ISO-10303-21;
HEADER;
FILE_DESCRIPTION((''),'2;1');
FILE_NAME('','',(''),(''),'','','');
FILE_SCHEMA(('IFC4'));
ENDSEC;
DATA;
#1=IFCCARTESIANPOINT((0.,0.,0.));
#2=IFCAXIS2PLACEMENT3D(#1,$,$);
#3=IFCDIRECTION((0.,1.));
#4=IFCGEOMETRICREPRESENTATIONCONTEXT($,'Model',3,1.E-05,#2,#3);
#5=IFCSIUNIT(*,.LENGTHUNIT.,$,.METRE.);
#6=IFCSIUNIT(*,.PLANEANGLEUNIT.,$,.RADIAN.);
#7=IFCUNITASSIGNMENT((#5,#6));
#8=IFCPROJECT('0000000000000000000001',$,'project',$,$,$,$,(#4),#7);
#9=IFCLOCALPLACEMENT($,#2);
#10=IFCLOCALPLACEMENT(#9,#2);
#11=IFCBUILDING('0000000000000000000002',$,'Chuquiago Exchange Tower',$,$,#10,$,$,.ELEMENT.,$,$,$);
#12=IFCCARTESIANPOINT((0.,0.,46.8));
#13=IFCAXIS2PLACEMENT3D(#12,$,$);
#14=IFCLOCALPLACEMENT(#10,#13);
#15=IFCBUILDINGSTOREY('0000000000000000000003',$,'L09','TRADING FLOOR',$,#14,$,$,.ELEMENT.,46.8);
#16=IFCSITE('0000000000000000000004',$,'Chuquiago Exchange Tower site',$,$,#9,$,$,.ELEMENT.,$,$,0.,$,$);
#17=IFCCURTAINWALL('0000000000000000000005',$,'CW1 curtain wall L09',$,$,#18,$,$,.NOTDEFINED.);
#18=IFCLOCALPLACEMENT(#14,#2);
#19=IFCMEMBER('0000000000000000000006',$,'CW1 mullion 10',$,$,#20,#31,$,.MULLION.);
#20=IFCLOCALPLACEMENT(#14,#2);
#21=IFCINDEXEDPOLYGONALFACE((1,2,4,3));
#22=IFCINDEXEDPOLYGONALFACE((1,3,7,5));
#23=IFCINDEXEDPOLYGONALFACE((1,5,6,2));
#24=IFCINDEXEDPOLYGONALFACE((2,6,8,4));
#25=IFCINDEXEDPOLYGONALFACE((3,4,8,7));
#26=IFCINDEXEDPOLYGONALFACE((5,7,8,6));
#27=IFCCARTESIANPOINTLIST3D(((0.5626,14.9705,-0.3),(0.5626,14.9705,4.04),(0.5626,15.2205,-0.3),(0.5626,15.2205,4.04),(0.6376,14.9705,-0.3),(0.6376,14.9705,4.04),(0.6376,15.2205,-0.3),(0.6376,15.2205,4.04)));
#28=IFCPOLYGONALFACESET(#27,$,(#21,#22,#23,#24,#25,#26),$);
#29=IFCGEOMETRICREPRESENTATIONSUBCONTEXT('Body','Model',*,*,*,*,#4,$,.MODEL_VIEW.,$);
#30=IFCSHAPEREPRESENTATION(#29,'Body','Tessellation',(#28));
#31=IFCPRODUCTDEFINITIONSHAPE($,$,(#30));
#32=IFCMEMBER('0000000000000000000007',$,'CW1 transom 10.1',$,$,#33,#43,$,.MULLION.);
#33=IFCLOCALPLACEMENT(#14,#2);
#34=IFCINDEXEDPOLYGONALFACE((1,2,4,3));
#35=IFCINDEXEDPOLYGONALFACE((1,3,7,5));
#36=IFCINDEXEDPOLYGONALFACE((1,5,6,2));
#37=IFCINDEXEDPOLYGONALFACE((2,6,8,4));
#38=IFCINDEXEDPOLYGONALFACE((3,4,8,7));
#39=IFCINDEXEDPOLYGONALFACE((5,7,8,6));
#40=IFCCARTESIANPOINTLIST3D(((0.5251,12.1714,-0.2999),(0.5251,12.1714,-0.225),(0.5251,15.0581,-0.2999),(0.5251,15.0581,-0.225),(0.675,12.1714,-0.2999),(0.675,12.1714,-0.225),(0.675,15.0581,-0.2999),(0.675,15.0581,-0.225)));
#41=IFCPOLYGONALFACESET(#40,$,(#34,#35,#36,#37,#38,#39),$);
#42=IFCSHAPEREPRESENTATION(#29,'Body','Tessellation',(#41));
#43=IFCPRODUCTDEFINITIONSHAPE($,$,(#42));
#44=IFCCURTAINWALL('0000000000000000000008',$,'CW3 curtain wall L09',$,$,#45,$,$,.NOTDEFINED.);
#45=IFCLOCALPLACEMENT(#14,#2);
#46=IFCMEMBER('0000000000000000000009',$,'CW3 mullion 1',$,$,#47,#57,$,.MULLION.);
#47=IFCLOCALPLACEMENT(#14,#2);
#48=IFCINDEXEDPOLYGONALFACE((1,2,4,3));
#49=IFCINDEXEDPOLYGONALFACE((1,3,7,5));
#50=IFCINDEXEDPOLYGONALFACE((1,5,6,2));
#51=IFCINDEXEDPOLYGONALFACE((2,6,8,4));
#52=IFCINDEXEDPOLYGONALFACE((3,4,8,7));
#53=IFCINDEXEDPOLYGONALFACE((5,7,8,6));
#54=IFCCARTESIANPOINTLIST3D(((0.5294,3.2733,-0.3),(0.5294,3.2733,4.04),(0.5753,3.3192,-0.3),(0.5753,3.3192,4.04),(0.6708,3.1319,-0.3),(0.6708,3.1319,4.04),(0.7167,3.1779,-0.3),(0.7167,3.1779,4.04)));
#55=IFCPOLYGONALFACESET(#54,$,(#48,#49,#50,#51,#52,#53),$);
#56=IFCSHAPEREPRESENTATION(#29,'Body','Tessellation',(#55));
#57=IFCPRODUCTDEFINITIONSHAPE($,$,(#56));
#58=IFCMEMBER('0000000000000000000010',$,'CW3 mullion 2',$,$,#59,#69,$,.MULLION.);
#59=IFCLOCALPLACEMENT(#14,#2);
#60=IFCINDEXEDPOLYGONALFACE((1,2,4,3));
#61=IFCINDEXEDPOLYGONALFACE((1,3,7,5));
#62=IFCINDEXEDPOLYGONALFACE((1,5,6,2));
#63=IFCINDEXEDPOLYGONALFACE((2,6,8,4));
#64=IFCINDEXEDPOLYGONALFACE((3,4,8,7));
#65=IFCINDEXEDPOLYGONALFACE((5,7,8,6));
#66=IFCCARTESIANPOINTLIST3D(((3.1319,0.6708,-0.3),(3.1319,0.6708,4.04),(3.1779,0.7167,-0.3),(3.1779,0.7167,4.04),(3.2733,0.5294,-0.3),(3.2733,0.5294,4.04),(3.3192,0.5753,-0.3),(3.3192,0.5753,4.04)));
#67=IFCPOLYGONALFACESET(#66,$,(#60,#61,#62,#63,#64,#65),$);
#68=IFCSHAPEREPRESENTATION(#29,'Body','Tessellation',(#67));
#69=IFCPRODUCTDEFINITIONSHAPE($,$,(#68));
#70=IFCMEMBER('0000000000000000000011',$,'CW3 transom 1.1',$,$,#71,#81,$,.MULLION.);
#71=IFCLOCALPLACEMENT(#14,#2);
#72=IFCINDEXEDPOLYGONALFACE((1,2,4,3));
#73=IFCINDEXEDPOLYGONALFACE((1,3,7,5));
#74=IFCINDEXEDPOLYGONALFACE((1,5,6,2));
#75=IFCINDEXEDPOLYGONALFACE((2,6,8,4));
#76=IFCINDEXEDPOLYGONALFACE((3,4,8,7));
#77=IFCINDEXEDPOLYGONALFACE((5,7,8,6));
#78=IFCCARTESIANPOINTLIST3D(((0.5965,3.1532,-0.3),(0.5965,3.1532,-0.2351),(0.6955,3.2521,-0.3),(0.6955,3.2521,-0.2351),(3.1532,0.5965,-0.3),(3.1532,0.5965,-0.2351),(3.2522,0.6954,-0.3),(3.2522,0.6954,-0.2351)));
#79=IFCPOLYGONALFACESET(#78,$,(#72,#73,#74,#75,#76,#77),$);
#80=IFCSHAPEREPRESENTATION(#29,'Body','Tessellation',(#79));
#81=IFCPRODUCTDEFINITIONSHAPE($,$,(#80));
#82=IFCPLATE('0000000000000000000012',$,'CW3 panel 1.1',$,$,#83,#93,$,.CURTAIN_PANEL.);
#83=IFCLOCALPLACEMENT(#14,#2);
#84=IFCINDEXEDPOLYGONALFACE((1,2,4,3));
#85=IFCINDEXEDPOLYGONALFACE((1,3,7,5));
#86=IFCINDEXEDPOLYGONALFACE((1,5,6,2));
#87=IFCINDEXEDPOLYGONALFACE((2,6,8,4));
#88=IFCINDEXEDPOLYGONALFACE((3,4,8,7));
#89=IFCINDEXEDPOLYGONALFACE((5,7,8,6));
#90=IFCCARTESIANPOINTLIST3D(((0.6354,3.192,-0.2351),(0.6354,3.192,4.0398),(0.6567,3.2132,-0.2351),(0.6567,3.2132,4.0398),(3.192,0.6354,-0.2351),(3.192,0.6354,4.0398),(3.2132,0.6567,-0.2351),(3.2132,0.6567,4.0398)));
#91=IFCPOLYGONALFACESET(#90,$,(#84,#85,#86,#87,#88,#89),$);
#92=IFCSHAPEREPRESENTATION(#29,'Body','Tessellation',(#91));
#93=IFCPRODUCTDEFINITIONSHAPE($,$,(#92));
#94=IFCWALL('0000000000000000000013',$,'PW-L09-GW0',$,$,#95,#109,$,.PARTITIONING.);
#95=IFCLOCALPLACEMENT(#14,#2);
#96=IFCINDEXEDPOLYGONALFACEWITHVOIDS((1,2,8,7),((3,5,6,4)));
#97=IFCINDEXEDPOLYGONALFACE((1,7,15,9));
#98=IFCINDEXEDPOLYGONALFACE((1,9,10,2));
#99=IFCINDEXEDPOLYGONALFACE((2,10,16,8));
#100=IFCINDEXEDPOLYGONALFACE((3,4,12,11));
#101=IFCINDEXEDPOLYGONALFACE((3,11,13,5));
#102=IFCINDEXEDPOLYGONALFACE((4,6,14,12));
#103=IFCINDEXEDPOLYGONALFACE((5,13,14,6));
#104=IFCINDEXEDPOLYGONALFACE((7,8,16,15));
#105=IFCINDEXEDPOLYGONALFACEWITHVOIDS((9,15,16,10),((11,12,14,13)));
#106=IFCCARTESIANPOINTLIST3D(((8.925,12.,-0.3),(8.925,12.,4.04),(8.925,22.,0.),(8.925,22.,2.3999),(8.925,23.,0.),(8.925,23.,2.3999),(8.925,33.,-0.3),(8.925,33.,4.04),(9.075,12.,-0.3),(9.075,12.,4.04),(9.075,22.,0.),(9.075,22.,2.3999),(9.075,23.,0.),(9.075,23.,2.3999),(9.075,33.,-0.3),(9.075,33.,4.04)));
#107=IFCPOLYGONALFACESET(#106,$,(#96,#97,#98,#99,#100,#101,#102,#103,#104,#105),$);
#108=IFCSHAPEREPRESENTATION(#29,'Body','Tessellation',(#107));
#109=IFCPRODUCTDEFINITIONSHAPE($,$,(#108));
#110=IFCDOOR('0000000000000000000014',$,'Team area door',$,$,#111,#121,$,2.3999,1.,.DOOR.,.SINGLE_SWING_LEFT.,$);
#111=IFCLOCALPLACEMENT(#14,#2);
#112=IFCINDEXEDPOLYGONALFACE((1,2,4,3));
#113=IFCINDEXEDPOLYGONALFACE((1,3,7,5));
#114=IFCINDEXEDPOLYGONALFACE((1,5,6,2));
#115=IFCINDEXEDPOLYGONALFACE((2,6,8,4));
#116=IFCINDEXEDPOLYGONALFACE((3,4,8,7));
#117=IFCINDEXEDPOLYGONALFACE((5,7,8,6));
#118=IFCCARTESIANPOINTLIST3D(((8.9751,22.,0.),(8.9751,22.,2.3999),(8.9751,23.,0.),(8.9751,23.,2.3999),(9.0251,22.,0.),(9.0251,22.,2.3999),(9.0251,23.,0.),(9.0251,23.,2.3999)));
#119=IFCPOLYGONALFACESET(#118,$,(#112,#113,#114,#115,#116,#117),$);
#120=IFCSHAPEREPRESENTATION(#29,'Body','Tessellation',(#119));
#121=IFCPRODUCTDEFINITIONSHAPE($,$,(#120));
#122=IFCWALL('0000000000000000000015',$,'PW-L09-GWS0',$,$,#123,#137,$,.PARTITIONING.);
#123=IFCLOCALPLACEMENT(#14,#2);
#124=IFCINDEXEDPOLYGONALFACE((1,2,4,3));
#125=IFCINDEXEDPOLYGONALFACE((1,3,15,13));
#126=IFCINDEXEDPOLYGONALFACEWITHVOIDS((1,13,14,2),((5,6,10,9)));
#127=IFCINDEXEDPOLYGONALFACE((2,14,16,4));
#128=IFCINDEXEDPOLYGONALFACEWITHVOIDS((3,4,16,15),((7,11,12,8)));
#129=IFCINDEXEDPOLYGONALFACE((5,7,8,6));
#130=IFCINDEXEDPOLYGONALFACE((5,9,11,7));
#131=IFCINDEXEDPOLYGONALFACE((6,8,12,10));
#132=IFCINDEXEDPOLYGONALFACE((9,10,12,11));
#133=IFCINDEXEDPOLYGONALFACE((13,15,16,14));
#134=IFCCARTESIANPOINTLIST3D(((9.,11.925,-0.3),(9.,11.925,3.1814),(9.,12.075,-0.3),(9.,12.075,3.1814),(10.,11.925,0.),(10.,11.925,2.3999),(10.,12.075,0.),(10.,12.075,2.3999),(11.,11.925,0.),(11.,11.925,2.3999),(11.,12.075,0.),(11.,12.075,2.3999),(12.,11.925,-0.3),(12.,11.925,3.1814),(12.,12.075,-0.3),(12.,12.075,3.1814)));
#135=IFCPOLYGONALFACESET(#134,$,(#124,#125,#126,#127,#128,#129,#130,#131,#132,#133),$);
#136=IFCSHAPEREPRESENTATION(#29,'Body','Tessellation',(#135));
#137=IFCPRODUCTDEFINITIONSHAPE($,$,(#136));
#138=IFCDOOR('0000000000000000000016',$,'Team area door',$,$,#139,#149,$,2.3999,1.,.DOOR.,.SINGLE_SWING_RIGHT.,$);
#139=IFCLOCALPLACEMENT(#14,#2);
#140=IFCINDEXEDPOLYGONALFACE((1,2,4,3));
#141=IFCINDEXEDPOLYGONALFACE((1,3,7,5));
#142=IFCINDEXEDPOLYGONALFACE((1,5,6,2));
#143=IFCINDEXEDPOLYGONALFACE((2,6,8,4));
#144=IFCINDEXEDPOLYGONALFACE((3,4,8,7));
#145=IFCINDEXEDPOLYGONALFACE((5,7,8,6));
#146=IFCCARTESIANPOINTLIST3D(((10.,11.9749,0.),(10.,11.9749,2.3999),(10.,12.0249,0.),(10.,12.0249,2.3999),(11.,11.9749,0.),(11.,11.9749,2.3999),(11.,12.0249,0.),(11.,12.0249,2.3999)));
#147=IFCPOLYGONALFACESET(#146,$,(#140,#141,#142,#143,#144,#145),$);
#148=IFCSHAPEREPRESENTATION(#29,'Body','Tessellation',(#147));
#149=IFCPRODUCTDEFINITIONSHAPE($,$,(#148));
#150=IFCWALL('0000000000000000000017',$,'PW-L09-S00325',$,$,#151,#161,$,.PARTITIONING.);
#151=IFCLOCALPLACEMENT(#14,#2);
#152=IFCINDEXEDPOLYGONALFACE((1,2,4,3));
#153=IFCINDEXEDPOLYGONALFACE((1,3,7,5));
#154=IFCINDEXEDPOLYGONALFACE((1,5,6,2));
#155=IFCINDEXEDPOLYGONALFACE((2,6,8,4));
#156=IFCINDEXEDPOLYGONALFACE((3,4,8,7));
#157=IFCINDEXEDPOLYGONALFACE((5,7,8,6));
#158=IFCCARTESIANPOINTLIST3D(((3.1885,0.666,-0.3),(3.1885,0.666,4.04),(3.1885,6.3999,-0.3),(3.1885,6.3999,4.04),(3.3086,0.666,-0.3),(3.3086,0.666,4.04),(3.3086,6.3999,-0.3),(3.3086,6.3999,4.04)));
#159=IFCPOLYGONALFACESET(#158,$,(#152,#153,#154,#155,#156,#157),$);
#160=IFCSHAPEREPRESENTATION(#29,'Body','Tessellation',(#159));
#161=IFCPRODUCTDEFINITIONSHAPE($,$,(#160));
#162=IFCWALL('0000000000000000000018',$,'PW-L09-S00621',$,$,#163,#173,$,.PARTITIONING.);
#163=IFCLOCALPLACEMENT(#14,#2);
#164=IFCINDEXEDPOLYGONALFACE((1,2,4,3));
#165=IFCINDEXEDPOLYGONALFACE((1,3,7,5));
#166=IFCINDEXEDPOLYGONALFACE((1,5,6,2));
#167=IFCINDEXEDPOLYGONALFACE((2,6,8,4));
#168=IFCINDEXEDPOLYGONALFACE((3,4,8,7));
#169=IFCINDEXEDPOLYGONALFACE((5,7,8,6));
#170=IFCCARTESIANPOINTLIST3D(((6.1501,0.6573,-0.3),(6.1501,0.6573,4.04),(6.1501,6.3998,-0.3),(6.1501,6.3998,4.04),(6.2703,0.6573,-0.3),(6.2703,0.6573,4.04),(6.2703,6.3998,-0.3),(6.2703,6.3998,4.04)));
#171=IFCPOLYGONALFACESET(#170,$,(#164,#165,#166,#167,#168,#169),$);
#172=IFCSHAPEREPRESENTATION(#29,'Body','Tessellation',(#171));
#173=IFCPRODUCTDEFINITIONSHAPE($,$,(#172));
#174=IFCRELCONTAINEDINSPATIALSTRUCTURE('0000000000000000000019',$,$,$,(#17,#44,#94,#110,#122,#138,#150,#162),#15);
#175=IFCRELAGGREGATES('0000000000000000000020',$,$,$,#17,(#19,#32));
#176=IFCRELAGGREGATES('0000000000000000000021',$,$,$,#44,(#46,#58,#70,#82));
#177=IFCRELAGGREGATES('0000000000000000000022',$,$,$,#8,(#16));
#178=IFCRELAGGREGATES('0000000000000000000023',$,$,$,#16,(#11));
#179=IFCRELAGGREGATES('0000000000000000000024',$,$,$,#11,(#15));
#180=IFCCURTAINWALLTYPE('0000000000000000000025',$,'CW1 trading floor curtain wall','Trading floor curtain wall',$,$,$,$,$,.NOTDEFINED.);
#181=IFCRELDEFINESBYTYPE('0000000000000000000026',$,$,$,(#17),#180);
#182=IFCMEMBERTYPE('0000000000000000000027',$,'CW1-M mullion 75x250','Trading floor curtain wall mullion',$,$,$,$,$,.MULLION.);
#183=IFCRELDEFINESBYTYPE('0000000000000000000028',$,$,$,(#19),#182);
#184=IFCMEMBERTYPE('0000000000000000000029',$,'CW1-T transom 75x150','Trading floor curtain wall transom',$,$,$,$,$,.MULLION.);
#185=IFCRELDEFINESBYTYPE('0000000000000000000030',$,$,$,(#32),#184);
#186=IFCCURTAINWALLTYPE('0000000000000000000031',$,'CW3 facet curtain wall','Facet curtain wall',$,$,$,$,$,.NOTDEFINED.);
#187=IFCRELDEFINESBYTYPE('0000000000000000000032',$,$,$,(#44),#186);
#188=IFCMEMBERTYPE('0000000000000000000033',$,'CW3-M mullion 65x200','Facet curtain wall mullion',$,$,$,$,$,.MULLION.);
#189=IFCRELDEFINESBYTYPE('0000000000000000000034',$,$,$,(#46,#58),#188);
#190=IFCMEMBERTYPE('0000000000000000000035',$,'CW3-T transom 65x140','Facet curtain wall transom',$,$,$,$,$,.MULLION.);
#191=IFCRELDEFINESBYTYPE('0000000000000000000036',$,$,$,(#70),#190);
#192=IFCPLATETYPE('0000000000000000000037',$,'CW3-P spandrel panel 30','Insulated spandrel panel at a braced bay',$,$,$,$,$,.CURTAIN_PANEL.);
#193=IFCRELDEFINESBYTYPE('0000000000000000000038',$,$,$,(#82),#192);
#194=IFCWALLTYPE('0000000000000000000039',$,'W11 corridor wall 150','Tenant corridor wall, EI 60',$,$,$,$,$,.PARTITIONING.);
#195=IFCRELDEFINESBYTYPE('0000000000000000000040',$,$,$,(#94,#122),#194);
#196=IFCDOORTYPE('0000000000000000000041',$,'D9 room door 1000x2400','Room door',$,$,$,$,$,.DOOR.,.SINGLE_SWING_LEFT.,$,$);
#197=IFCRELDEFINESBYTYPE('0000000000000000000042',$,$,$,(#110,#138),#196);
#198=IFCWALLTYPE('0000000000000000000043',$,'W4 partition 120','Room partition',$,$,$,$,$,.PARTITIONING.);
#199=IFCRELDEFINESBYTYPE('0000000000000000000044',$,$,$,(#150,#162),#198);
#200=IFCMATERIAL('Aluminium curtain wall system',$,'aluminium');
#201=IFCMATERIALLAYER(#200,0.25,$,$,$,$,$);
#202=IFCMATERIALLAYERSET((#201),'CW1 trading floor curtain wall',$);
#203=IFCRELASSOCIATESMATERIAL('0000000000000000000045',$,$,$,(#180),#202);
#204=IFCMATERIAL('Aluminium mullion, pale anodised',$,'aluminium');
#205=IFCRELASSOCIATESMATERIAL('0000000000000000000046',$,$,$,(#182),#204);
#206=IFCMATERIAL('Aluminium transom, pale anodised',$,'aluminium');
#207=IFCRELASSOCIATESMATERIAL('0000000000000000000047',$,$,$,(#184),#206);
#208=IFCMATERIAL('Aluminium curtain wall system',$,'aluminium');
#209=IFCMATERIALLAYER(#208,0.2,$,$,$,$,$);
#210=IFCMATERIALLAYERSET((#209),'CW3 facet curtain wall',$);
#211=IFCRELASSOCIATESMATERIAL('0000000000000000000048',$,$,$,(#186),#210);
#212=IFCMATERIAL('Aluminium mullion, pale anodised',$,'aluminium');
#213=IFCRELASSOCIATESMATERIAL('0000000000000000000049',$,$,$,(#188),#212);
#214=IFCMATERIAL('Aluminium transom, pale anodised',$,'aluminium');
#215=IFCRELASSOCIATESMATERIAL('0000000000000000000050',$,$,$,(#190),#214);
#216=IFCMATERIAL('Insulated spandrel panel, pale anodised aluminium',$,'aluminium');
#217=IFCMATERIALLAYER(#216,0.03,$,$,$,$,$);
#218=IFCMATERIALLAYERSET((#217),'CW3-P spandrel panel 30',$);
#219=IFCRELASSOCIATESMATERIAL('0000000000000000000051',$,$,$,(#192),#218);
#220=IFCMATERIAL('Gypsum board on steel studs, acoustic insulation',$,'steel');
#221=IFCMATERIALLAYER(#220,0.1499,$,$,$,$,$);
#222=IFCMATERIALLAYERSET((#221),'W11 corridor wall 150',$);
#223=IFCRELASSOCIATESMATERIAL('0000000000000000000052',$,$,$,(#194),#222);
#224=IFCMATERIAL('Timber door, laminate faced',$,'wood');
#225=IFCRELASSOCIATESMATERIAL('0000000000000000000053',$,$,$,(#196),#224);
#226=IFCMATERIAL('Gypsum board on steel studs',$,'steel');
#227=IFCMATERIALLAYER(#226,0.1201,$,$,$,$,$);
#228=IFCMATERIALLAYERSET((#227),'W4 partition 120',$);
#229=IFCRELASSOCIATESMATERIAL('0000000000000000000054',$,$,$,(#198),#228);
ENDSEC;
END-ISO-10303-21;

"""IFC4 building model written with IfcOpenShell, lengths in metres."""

from ifc_helpers import new_model, si_unit, direction, frame, frame_2d, origin, origin_2d, place, context, subcontext, project, spatial, rectangle, extrude, material, layer, layer_set, material_profile, profile_set, type_object, element, fill, aggregate, save


model = new_model("IFC4")

# Units and contexts
model_context = context("Model", 3, precision=1e-05, world=origin(), true_north=direction((0.0, 1.0)))
body_context = subcontext(model_context, "Body", "Model", "MODEL_VIEW")
ifc_project = project(units=[si_unit("LENGTHUNIT", "METRE"), si_unit("PLANEANGLEUNIT", "RADIAN")], contexts=[model_context])

# Site, building, storey
site_placement = place(None, origin())
site = spatial("IfcSite", under=ifc_project, at=site_placement, Name="Chuquiago Exchange Tower site", CompositionType="ELEMENT", RefElevation=0.0)
building_placement = place(site_placement, origin())
building = spatial("IfcBuilding", under=site, at=building_placement, Name="Chuquiago Exchange Tower", CompositionType="ELEMENT")
storey_placement = place(building_placement, frame((0.0, 0.0, 46.8)))
storey = spatial("IfcBuildingStorey", under=building, at=storey_placement, Name="L09", Description="TRADING FLOOR", CompositionType="ELEMENT", Elevation=46.8)

# Curtain wall, members
ifc_material_1 = material(Name="Aluminium curtain wall system", Category="aluminium")
ifc_layer_1 = layer(ifc_material_1, 0.25)
ifc_layer_set_1 = layer_set([ifc_layer_1], Name="CW1 trading floor curtain wall")
curtain_wall_type_1 = type_object("IfcCurtainWallType", Name="CW1 trading floor curtain wall", Description="Trading floor curtain wall", PredefinedType="NOTDEFINED", material=ifc_layer_set_1)
curtain_wall_1_placement = place(storey_placement, origin())
curtain_wall_1 = element("IfcCurtainWall", 1, at=curtain_wall_1_placement, inside=storey, type_object=curtain_wall_type_1, Name="CW1 curtain wall L09", PredefinedType="NOTDEFINED")
ifc_material_2 = material(Name="Aluminium mullion, pale anodised", Category="aluminium")
ifc_material_profile_1 = material_profile(ifc_material_2, rectangle(XDim=0.075, YDim=0.25, at=origin_2d()), Name="AL 75x250")
ifc_profile_set_1 = profile_set([ifc_material_profile_1], Name="Aluminium mullion, pale anodised")
member_type_1 = type_object("IfcMemberType", Name="CW1-M mullion 75x250", Description="Trading floor curtain wall mullion", PredefinedType="MULLION", material=ifc_profile_set_1)
member_1_placement = place(storey_placement, frame((0.6001, 15.0955, -0.3), z_axis=(0.0, 0.0, 1.0), x_axis=(1.0, 0.0, 0.0)))
member_1 = element("IfcMember", 2, at=member_1_placement, type_object=member_type_1, Name="CW1 mullion 10", PredefinedType="MULLION", context=body_context, shape_type="SweptSolid", body=[
    extrude(rectangle(XDim=0.075, YDim=0.25, at=origin_2d()), origin(), (0.0, 0.0, 1.0), 4.3401),
])
ifc_material_3 = material(Name="Aluminium transom, pale anodised", Category="aluminium")
ifc_material_profile_2 = material_profile(ifc_material_3, rectangle(XDim=0.1499, YDim=0.075, at=origin_2d()), Name="AL 150x75")
ifc_profile_set_2 = profile_set([ifc_material_profile_2], Name="Aluminium transom, pale anodised")
member_type_2 = type_object("IfcMemberType", Name="CW1-T transom 75x150", Description="Trading floor curtain wall transom", PredefinedType="MULLION", material=ifc_profile_set_2)
member_2_placement = place(storey_placement, frame((0.6001, 15.0581, -0.2625), z_axis=(0.0, -1.0, 0.0), x_axis=(1.0, 0.0, 0.0)))
member_2 = element("IfcMember", 3, at=member_2_placement, type_object=member_type_2, Name="CW1 transom 10.1", PredefinedType="MULLION", context=body_context, shape_type="SweptSolid", body=[
    extrude(rectangle(XDim=0.1499, YDim=0.075, at=origin_2d()), origin(), (0.0, 0.0, 1.0), 2.8867),
])
aggregate(curtain_wall_1, [member_1, member_2])

# Curtain wall, members, plate
ifc_material_4 = material(Name="Aluminium curtain wall system", Category="aluminium")
ifc_layer_2 = layer(ifc_material_4, 0.2)
ifc_layer_set_2 = layer_set([ifc_layer_2], Name="CW3 facet curtain wall")
curtain_wall_type_2 = type_object("IfcCurtainWallType", Name="CW3 facet curtain wall", Description="Facet curtain wall", PredefinedType="NOTDEFINED", material=ifc_layer_set_2)
curtain_wall_2_placement = place(storey_placement, origin())
curtain_wall_2 = element("IfcCurtainWall", 4, at=curtain_wall_2_placement, inside=storey, type_object=curtain_wall_type_2, Name="CW3 curtain wall L09", PredefinedType="NOTDEFINED")
ifc_material_5 = material(Name="Aluminium mullion, pale anodised", Category="aluminium")
ifc_material_profile_3 = material_profile(ifc_material_5, rectangle(XDim=0.0649, YDim=0.2, at=origin_2d()), Name="AL 65x200")
ifc_profile_set_3 = profile_set([ifc_material_profile_3], Name="Aluminium mullion, pale anodised")
member_type_3 = type_object("IfcMemberType", Name="CW3-M mullion 65x200", Description="Facet curtain wall mullion", PredefinedType="MULLION", material=ifc_profile_set_3)
member_3_placement = place(storey_placement, frame((0.623, 3.2256, -0.3), z_axis=(0.0, 0.0, 1.0), x_axis=(0.707107, 0.707107, 0.0)))
member_3 = element("IfcMember", 5, at=member_3_placement, type_object=member_type_3, Name="CW3 mullion 1", PredefinedType="MULLION", context=body_context, shape_type="SweptSolid", body=[
    extrude(rectangle(XDim=0.0649, YDim=0.2, at=origin_2d()), origin(), (0.0, 0.0, 1.0), 4.3401),
])
member_4_placement = place(storey_placement, frame((3.2256, 0.623, -0.3), z_axis=(0.0, 0.0, 1.0), x_axis=(0.707107, 0.707107, 0.0)))
member_4 = element("IfcMember", 6, at=member_4_placement, type_object=member_type_3, Name="CW3 mullion 2", PredefinedType="MULLION", context=body_context, shape_type="SweptSolid", body=[
    extrude(rectangle(XDim=0.0649, YDim=0.2, at=origin_2d()), origin(), (0.0, 0.0, 1.0), 4.3401),
])
ifc_material_6 = material(Name="Aluminium transom, pale anodised", Category="aluminium")
ifc_material_profile_4 = material_profile(ifc_material_6, rectangle(XDim=0.1399, YDim=0.0649, at=origin_2d()), Name="AL 140x65")
ifc_profile_set_4 = profile_set([ifc_material_profile_4], Name="Aluminium transom, pale anodised")
member_type_4 = type_object("IfcMemberType", Name="CW3-T transom 65x140", Description="Facet curtain wall transom", PredefinedType="MULLION", material=ifc_profile_set_4)
member_5_placement = place(storey_placement, frame((0.646, 3.2026, -0.2676), z_axis=(0.707107, -0.707107, 0.0), x_axis=(0.707107, 0.707107, 0.0)))
member_5 = element("IfcMember", 7, at=member_5_placement, type_object=member_type_4, Name="CW3 transom 1.1", PredefinedType="MULLION", context=body_context, shape_type="SweptSolid", body=[
    extrude(rectangle(XDim=0.1399, YDim=0.0649, at=origin_2d()), origin(), (0.0, 0.0, 1.0), 3.6157),
])
ifc_material_7 = material(Name="Insulated spandrel panel, pale anodised aluminium", Category="aluminium")
ifc_layer_3 = layer(ifc_material_7, 0.03)
ifc_layer_set_3 = layer_set([ifc_layer_3], Name="CW3-P spandrel panel 30")
plate_type = type_object("IfcPlateType", Name="CW3-P spandrel panel 30", Description="Insulated spandrel panel at a braced bay", PredefinedType="CURTAIN_PANEL", material=ifc_layer_set_3)
plate_placement = place(storey_placement, frame((1.9243, 1.9243, -0.2351), z_axis=(0.0, 0.0, 1.0), x_axis=(0.707107, -0.707107, 0.0)))
plate = element("IfcPlate", 8, at=plate_placement, type_object=plate_type, Name="CW3 panel 1.1", PredefinedType="CURTAIN_PANEL", context=body_context, shape_type="SweptSolid", body=[
    extrude(rectangle(XDim=3.6155, YDim=0.03, at=origin_2d()), origin(), (0.0, 0.0, 1.0), 4.2749),
])
aggregate(curtain_wall_2, [member_3, member_4, member_5, plate])

# Walls, openings, doors
ifc_material_8 = material(Name="Gypsum board on steel studs, acoustic insulation", Category="steel")
ifc_layer_4 = layer(ifc_material_8, 0.1499)
ifc_layer_set_4 = layer_set([ifc_layer_4], Name="W11 corridor wall 150")
wall_type_1 = type_object("IfcWallType", Name="W11 corridor wall 150", Description="Tenant corridor wall, EI 60", PredefinedType="PARTITIONING", material=ifc_layer_set_4)
wall_1_placement = place(storey_placement, frame((9.0, 12.0, -0.3), z_axis=(0.0, 0.0, 1.0), x_axis=(0.0, 1.0, 0.0)))
wall_1 = element("IfcWall", 9, at=wall_1_placement, inside=storey, type_object=wall_type_1, Name="PW-L09-GW0", PredefinedType="PARTITIONING", context=body_context, shape_type="SweptSolid", body=[
    extrude(rectangle(XDim=21.0, YDim=0.1499, at=frame_2d((10.5, 0.0))), origin(), (0.0, 0.0, 1.0), 4.3401),
])
opening_1_placement = place(wall_1_placement, frame((10.0, 0.0, 0.3)))
opening_1 = element("IfcOpeningElement", 10, at=opening_1_placement, cuts=wall_1, PredefinedType="OPENING", context=body_context, shape_type="SweptSolid", body=[
    extrude(rectangle(XDim=1.0, YDim=2.3999, at=frame_2d((0.5, 1.2))), frame((0.0, 0.085, 0.0), z_axis=(0.0, -1.0, 0.0), x_axis=(1.0, 0.0, 0.0)), (0.0, 0.0, 1.0), 0.1699),
])
ifc_material_9 = material(Name="Timber door, laminate faced", Category="wood")
door_type_1 = type_object("IfcDoorType", Name="D9 room door 1000x2400", Description="Room door", OperationType="SINGLE_SWING_LEFT", PredefinedType="DOOR", material=ifc_material_9)
door_1_placement = place(opening_1_placement, origin())
door_1 = element("IfcDoor", 11, at=door_1_placement, inside=storey, type_object=door_type_1, Name="Team area door", OperationType="SINGLE_SWING_LEFT", OverallHeight=2.3999, OverallWidth=1.0, PredefinedType="DOOR", context=body_context, shape_type="SweptSolid", body=[
    extrude(rectangle(XDim=1.0, YDim=2.3999, at=frame_2d((0.5, 1.2))), frame((0.0, 0.0249, 0.0), z_axis=(0.0, -1.0, 0.0), x_axis=(1.0, 0.0, 0.0)), (0.0, 0.0, 1.0), 0.05),
])
fill(opening_1, door_1)
wall_2_placement = place(storey_placement, frame((9.0, 12.0, -0.3), z_axis=(0.0, 0.0, 1.0), x_axis=(1.0, 0.0, 0.0)))
wall_2 = element("IfcWall", 12, at=wall_2_placement, inside=storey, type_object=wall_type_1, Name="PW-L09-GWS0", PredefinedType="PARTITIONING", context=body_context, shape_type="SweptSolid", body=[
    extrude(rectangle(XDim=3.0, YDim=0.1499, at=frame_2d((1.5, 0.0))), origin(), (0.0, 0.0, 1.0), 3.4814),
])
opening_2_placement = place(wall_2_placement, frame((1.0, 0.0, 0.3)))
opening_2 = element("IfcOpeningElement", 13, at=opening_2_placement, cuts=wall_2, PredefinedType="OPENING", context=body_context, shape_type="SweptSolid", body=[
    extrude(rectangle(XDim=1.0, YDim=2.3999, at=frame_2d((0.5, 1.2))), frame((0.0, 0.085, 0.0), z_axis=(0.0, -1.0, 0.0), x_axis=(1.0, 0.0, 0.0)), (0.0, 0.0, 1.0), 0.1699),
])
door_2_placement = place(opening_2_placement, origin())
door_2 = element("IfcDoor", 14, at=door_2_placement, inside=storey, type_object=door_type_1, Name="Team area door", OperationType="SINGLE_SWING_RIGHT", OverallHeight=2.3999, OverallWidth=1.0, PredefinedType="DOOR", context=body_context, shape_type="SweptSolid", body=[
    extrude(rectangle(XDim=1.0, YDim=2.3999, at=frame_2d((0.5, 1.2))), frame((0.0, 0.0249, 0.0), z_axis=(0.0, -1.0, 0.0), x_axis=(1.0, 0.0, 0.0)), (0.0, 0.0, 1.0), 0.05),
])
fill(opening_2, door_2)

# Walls
ifc_material_10 = material(Name="Gypsum board on steel studs", Category="steel")
ifc_layer_5 = layer(ifc_material_10, 0.1201)
ifc_layer_set_5 = layer_set([ifc_layer_5], Name="W4 partition 120")
wall_type_2 = type_object("IfcWallType", Name="W4 partition 120", Description="Room partition", PredefinedType="PARTITIONING", material=ifc_layer_set_5)
wall_3_placement = place(storey_placement, frame((3.2485, 0.666, -0.3), z_axis=(0.0, 0.0, 1.0), x_axis=(0.0, 1.0, 0.0)))
element("IfcWall", 15, at=wall_3_placement, inside=storey, type_object=wall_type_2, Name="PW-L09-S00325", PredefinedType="PARTITIONING", context=body_context, shape_type="SweptSolid", body=[
    extrude(rectangle(XDim=5.7339, YDim=0.1201, at=frame_2d((2.8669, 0.0))), origin(), (0.0, 0.0, 1.0), 4.3401),
])
for number, where, z_axis, x_axis, name in (
    (16, (6.2102, 0.6575, -0.3), (0.0, 0.0, 1.0), (0.0, 1.0, 0.0), "PW-L09-S00621"),
):
    element("IfcWall", number, at=place(storey_placement, frame(where, z_axis=z_axis, x_axis=x_axis)), inside=storey, type_object=wall_type_2, Name=name, PredefinedType="PARTITIONING", context=body_context, shape_type="SweptSolid", body=[
        extrude(rectangle(XDim=5.7424, YDim=0.1201, at=frame_2d((2.8711, 0.0))), origin(), (0.0, 0.0, 1.0), 4.3401),
    ])

save(model, "model.ifc")
